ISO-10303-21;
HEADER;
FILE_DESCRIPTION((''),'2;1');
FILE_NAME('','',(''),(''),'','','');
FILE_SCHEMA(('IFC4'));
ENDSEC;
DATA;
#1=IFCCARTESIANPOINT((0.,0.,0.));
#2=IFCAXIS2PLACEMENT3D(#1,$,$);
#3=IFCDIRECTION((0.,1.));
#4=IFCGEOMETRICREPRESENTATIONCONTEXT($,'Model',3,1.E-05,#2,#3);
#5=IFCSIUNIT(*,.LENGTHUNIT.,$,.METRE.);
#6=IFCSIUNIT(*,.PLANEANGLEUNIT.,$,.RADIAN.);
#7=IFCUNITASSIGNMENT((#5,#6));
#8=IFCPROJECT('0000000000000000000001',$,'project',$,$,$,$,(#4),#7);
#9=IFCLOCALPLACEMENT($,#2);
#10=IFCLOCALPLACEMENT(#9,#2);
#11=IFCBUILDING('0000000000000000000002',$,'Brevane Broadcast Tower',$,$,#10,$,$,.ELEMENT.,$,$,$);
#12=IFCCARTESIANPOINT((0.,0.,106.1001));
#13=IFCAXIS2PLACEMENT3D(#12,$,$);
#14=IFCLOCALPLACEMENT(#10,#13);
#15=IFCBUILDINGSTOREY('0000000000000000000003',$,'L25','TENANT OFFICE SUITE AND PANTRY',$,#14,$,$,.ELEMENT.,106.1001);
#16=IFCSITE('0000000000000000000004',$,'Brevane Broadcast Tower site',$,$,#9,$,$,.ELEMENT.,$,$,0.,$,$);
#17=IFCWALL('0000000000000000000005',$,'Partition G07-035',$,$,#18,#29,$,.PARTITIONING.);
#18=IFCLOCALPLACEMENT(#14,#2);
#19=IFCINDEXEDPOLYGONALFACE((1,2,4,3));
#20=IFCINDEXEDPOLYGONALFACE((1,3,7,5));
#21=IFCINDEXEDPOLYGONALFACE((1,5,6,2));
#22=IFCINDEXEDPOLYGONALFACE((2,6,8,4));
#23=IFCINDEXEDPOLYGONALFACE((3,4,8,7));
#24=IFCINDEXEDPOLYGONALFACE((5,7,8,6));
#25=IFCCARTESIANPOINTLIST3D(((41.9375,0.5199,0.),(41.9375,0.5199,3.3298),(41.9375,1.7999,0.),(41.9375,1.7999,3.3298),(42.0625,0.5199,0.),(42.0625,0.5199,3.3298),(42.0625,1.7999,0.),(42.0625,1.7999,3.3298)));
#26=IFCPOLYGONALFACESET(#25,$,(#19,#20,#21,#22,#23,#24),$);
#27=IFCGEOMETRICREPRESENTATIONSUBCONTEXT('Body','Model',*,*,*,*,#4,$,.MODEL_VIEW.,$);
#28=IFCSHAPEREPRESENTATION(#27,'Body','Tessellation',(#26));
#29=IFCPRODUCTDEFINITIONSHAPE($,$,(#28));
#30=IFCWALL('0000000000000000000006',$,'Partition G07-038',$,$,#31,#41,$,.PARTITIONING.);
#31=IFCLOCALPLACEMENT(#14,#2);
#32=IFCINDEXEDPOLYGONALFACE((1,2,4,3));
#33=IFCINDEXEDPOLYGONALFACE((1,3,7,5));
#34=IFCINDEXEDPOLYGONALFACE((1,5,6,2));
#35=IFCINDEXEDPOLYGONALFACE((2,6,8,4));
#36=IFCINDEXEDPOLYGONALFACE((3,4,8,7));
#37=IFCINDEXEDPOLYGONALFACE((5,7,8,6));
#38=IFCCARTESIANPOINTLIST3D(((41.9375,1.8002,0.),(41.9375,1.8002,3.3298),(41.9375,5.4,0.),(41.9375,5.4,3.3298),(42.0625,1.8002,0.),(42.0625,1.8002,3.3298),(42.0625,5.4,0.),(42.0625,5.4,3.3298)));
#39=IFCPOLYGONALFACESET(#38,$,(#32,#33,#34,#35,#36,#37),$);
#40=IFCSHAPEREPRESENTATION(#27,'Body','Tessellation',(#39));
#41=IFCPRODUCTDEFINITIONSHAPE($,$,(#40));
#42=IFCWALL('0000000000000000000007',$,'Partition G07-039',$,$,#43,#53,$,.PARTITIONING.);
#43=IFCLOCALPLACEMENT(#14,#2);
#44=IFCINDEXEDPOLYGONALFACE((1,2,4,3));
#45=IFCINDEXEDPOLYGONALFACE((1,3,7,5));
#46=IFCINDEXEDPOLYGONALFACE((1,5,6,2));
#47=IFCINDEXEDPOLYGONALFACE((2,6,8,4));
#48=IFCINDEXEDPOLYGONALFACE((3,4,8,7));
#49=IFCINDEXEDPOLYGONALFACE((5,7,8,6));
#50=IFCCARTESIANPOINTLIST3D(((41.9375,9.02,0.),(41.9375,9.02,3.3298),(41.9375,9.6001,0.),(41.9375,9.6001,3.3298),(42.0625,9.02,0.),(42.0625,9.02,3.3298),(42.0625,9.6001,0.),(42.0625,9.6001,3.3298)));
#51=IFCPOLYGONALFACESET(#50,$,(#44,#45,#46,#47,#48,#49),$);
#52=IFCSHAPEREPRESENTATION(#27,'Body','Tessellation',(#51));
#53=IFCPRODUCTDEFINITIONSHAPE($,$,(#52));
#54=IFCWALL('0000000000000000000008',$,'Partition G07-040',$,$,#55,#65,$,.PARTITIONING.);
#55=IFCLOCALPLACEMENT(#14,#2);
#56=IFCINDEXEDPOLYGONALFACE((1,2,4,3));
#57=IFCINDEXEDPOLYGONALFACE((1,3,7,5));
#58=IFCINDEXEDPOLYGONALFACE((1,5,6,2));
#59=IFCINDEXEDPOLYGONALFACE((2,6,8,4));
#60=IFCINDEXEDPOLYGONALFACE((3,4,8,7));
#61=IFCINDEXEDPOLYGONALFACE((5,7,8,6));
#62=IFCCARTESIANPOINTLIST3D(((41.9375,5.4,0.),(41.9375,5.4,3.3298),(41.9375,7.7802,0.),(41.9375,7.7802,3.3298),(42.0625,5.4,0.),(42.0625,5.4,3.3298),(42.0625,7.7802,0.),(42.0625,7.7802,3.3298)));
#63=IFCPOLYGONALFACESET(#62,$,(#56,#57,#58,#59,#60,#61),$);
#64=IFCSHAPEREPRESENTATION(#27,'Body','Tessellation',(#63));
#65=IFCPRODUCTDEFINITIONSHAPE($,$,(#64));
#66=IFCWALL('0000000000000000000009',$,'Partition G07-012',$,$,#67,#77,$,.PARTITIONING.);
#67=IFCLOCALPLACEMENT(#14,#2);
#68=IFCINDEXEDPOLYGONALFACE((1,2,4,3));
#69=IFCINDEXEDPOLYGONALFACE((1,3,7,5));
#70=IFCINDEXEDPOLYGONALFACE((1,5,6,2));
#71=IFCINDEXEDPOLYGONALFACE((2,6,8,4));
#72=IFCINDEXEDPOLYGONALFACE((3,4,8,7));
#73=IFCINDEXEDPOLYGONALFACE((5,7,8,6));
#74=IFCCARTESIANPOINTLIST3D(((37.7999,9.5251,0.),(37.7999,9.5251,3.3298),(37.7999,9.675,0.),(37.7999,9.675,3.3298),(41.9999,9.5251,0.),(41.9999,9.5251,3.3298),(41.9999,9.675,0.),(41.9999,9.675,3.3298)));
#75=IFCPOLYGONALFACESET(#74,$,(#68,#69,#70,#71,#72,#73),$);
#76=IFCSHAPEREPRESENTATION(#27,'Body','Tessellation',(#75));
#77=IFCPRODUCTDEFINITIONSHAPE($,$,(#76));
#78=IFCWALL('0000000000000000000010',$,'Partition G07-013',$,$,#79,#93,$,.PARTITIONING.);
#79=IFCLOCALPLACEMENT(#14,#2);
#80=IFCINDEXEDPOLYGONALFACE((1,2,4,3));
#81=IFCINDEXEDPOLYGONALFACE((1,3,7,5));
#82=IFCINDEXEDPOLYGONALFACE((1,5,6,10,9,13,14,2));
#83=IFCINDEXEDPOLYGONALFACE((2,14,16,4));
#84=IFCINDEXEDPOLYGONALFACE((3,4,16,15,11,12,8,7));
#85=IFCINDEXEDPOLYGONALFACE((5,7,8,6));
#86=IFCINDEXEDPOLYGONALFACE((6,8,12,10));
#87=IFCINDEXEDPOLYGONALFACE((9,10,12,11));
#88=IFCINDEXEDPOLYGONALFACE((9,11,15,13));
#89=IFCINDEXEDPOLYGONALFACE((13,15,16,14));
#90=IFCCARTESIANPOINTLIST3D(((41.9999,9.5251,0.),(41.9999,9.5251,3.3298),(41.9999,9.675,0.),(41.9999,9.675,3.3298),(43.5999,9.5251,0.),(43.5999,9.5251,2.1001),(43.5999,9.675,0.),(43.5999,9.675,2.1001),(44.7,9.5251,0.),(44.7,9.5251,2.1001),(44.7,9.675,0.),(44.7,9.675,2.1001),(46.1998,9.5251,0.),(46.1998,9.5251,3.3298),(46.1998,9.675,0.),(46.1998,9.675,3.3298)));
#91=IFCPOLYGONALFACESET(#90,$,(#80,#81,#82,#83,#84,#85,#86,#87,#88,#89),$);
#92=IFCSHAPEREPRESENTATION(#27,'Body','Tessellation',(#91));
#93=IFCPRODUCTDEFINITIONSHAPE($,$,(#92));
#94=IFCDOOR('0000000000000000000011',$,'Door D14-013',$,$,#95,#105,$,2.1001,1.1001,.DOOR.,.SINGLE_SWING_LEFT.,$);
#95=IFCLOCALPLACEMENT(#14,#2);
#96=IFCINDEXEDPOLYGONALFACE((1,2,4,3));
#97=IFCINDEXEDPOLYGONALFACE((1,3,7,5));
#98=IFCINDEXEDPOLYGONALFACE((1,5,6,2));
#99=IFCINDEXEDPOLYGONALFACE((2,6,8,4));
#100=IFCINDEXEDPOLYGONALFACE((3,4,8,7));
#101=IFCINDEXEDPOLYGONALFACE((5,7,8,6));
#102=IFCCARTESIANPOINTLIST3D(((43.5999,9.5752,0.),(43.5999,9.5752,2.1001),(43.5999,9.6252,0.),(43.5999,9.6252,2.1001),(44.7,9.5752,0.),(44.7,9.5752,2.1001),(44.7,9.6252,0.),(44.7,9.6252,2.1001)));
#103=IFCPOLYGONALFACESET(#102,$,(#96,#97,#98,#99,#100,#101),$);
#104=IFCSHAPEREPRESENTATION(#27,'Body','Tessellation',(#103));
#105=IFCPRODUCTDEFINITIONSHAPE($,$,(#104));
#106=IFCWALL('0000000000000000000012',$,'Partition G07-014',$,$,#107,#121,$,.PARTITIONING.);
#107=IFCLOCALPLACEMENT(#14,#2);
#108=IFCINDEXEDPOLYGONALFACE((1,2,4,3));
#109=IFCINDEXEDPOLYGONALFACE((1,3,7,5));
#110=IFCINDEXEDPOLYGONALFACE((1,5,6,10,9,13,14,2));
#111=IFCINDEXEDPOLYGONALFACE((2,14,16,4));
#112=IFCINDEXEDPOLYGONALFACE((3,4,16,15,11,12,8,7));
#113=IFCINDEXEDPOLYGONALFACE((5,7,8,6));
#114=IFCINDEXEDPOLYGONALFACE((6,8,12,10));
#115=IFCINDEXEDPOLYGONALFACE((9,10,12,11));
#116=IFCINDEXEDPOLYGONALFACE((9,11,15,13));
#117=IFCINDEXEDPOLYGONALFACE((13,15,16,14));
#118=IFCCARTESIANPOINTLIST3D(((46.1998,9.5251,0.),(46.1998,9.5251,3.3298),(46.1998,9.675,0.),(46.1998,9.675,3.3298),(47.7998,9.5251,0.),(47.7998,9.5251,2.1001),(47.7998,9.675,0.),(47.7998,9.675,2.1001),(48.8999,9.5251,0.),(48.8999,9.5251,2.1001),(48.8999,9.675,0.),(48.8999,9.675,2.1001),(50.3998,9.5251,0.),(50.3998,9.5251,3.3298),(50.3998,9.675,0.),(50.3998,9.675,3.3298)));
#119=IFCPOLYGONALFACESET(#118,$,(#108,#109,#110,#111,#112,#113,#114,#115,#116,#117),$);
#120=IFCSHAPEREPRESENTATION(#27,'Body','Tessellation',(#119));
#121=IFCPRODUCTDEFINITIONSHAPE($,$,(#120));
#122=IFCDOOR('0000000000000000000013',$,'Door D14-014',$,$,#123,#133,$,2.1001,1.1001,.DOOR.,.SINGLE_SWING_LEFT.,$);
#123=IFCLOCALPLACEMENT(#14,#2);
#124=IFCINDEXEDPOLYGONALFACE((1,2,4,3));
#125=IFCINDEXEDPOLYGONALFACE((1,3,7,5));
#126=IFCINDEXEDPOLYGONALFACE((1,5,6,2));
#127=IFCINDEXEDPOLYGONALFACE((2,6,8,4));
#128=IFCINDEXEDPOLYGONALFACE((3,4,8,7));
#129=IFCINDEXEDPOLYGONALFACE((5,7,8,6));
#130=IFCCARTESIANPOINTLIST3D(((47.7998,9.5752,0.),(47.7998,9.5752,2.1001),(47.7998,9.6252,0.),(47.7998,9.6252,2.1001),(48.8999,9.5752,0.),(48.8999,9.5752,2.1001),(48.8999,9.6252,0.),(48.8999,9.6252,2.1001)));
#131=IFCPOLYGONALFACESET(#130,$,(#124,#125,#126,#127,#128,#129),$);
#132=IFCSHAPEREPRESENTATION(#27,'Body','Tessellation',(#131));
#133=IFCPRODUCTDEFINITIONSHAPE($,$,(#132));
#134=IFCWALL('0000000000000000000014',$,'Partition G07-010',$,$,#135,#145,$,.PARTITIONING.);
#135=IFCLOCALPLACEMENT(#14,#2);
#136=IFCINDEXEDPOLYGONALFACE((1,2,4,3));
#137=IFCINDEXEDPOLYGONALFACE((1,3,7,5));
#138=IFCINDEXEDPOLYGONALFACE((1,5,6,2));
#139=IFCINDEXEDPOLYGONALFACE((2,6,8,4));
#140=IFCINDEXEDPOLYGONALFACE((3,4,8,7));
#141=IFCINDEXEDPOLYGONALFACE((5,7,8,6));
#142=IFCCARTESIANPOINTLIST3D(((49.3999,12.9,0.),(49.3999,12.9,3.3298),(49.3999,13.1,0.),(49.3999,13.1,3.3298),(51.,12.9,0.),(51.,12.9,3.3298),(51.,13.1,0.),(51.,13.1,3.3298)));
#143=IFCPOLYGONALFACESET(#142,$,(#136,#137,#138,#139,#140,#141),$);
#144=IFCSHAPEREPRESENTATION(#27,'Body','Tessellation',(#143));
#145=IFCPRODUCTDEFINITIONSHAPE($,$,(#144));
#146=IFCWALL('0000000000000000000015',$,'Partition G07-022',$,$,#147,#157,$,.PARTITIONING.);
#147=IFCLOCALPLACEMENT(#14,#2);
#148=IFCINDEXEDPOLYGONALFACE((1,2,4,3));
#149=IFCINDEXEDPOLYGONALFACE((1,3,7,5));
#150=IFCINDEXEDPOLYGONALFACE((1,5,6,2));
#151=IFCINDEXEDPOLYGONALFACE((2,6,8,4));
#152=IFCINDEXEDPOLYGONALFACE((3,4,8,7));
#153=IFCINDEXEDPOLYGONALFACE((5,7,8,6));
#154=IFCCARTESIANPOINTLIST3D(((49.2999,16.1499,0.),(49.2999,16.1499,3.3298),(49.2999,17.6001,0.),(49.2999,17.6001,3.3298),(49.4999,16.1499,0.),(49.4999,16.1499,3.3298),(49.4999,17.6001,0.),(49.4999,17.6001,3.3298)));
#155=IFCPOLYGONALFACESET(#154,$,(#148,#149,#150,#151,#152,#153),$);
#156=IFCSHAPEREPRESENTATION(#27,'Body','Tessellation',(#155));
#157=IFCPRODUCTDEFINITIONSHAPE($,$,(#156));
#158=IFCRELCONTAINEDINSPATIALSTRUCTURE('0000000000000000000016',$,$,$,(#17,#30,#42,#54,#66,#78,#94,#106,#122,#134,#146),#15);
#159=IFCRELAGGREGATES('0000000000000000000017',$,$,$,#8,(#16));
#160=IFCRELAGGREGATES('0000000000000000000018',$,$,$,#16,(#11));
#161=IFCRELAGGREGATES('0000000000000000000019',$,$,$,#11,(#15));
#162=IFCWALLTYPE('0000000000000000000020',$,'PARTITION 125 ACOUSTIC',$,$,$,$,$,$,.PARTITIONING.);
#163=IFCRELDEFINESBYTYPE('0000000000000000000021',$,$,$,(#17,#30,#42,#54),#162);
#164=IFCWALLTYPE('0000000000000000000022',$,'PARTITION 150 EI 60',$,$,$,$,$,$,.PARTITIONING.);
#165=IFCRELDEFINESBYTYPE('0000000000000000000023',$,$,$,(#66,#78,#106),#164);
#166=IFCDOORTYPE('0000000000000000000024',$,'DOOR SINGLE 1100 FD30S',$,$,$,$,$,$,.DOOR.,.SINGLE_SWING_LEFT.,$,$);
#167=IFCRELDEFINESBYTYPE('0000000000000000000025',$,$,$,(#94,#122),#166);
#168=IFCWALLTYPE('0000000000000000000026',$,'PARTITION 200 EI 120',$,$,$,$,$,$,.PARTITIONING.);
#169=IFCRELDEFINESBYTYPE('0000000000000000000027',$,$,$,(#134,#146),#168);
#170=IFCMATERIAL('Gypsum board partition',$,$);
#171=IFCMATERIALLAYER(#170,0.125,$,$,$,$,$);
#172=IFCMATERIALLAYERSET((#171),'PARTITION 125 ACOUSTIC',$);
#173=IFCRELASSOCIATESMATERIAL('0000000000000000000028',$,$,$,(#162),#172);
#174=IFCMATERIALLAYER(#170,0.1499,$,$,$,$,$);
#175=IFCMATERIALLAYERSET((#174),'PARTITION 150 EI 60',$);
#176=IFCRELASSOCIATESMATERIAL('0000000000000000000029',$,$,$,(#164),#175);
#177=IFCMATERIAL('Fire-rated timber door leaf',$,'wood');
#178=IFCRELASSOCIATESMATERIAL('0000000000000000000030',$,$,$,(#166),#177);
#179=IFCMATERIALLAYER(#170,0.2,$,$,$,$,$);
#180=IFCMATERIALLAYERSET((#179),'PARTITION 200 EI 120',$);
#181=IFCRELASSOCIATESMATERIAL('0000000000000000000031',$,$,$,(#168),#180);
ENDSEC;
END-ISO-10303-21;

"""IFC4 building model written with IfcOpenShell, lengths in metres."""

from ifc_helpers import new_model, si_unit, direction, frame, frame_2d, origin, place, context, subcontext, project, spatial, rectangle, extrude, material, layer, layer_set, type_object, element, fill, save


model = new_model("IFC4")

# Units and contexts
model_context = context("Model", 3, precision=1e-05, world=origin(), true_north=direction((0.0, 1.0)))
body_context = subcontext(model_context, "Body", "Model", "MODEL_VIEW")
ifc_project = project(units=[si_unit("LENGTHUNIT", "METRE"), si_unit("PLANEANGLEUNIT", "RADIAN")], contexts=[model_context])

# Site, building, storey
site_placement = place(None, origin())
site = spatial("IfcSite", under=ifc_project, at=site_placement, Name="Brevane Broadcast Tower site", CompositionType="ELEMENT", RefElevation=0.0)
building_placement = place(site_placement, origin())
building = spatial("IfcBuilding", under=site, at=building_placement, Name="Brevane Broadcast Tower", CompositionType="ELEMENT")
storey_placement = place(building_placement, frame((0.0, 0.0, 106.1001)))
storey = spatial("IfcBuildingStorey", under=building, at=storey_placement, Name="L25", Description="TENANT OFFICE SUITE AND PANTRY", CompositionType="ELEMENT", Elevation=106.1001)

# Walls
ifc_material_1 = material(Name="Gypsum board partition")
ifc_layer_1 = layer(ifc_material_1, 0.125)
ifc_layer_set_1 = layer_set([ifc_layer_1], Name="PARTITION 125 ACOUSTIC")
wall_type_1 = type_object("IfcWallType", Name="PARTITION 125 ACOUSTIC", PredefinedType="PARTITIONING", material=ifc_layer_set_1)
wall_1_placement = place(storey_placement, frame((42.0, 1.8, 0.0), z_axis=(0.0, 0.0, 1.0), x_axis=(0.0, -1.0, 0.0)))
element("IfcWall", 1, at=wall_1_placement, inside=storey, type_object=wall_type_1, Name="Partition G07-035", PredefinedType="PARTITIONING", context=body_context, shape_type="SweptSolid", body=[
    extrude(rectangle(XDim=1.28, YDim=0.125, at=frame_2d((0.6401, 0.0))), origin(), (0.0, 0.0, 1.0), 3.3298),
])
wall_2_placement = place(storey_placement, frame((42.0, 5.3999, 0.0), z_axis=(0.0, 0.0, 1.0), x_axis=(0.0, -1.0, 0.0)))
element("IfcWall", 2, at=wall_2_placement, inside=storey, type_object=wall_type_1, Name="Partition G07-038", PredefinedType="PARTITIONING", context=body_context, shape_type="SweptSolid", body=[
    extrude(rectangle(XDim=3.5999, YDim=0.125, at=frame_2d((1.7998, 0.0))), origin(), (0.0, 0.0, 1.0), 3.3298),
])
wall_3_placement = place(storey_placement, frame((42.0, 9.6001, 0.0), z_axis=(0.0, 0.0, 1.0), x_axis=(0.0, -1.0, 0.0)))
element("IfcWall", 3, at=wall_3_placement, inside=storey, type_object=wall_type_1, Name="Partition G07-039", PredefinedType="PARTITIONING", context=body_context, shape_type="SweptSolid", body=[
    extrude(rectangle(XDim=0.5801, YDim=0.125, at=frame_2d((0.29, 0.0))), origin(), (0.0, 0.0, 1.0), 3.3298),
])
wall_4_placement = place(storey_placement, frame((42.0, 7.78, 0.0), z_axis=(0.0, 0.0, 1.0), x_axis=(0.0, -1.0, 0.0)))
element("IfcWall", 4, at=wall_4_placement, inside=storey, type_object=wall_type_1, Name="Partition G07-040", PredefinedType="PARTITIONING", context=body_context, shape_type="SweptSolid", body=[
    extrude(rectangle(XDim=2.3801, YDim=0.125, at=frame_2d((1.1899, 0.0))), origin(), (0.0, 0.0, 1.0), 3.3298),
])
ifc_layer_2 = layer(ifc_material_1, 0.1499)
ifc_layer_set_2 = layer_set([ifc_layer_2], Name="PARTITION 150 EI 60")
wall_type_2 = type_object("IfcWallType", Name="PARTITION 150 EI 60", PredefinedType="PARTITIONING", material=ifc_layer_set_2)
wall_5_placement = place(storey_placement, frame((42.0, 9.6001, 0.0), z_axis=(0.0, 0.0, 1.0), x_axis=(-1.0, 0.0, 0.0)))
element("IfcWall", 5, at=wall_5_placement, inside=storey, type_object=wall_type_2, Name="Partition G07-012", PredefinedType="PARTITIONING", context=body_context, shape_type="SweptSolid", body=[
    extrude(rectangle(XDim=4.2, YDim=0.1499, at=frame_2d((2.1001, 0.0))), origin(), (0.0, 0.0, 1.0), 3.3298),
])

# Walls, openings, doors
wall_6_placement = place(storey_placement, frame((46.2, 9.6001, 0.0), z_axis=(0.0, 0.0, 1.0), x_axis=(-1.0, 0.0, 0.0)))
wall_6 = element("IfcWall", 6, at=wall_6_placement, inside=storey, type_object=wall_type_2, Name="Partition G07-013", PredefinedType="PARTITIONING", context=body_context, shape_type="SweptSolid", body=[
    extrude(rectangle(XDim=4.2, YDim=0.1499, at=frame_2d((2.1001, 0.0))), origin(), (0.0, 0.0, 1.0), 3.3298),
])
opening_1_placement = place(wall_6_placement, frame((1.5, 0.0, 0.0)))
opening_1 = element("IfcOpeningElement", 7, at=opening_1_placement, cuts=wall_6, PredefinedType="OPENING", context=body_context, shape_type="SweptSolid", body=[
    extrude(rectangle(XDim=1.1001, YDim=2.1001, at=frame_2d((0.55, 1.05))), frame((0.0, 0.085, 0.0), z_axis=(0.0, -1.0, 0.0), x_axis=(1.0, 0.0, 0.0)), (0.0, 0.0, 1.0), 0.1699),
])
ifc_material_2 = material(Name="Fire-rated timber door leaf", Category="wood")
door_type_1 = type_object("IfcDoorType", Name="DOOR SINGLE 1100 FD30S", OperationType="SINGLE_SWING_LEFT", PredefinedType="DOOR", material=ifc_material_2)
door_1_placement = place(opening_1_placement, origin())
door_1 = element("IfcDoor", 8, at=door_1_placement, inside=storey, type_object=door_type_1, Name="Door D14-013", OperationType="SINGLE_SWING_LEFT", OverallHeight=2.1001, OverallWidth=1.1001, PredefinedType="DOOR", context=body_context, shape_type="SweptSolid", body=[
    extrude(rectangle(XDim=1.1001, YDim=2.1001, at=frame_2d((0.55, 1.05))), frame((0.0, 0.0249, 0.0), z_axis=(0.0, -1.0, 0.0), x_axis=(1.0, 0.0, 0.0)), (0.0, 0.0, 1.0), 0.05),
])
fill(opening_1, door_1)
wall_7_placement = place(storey_placement, frame((50.3999, 9.6001, 0.0), z_axis=(0.0, 0.0, 1.0), x_axis=(-1.0, 0.0, 0.0)))
wall_7 = element("IfcWall", 9, at=wall_7_placement, inside=storey, type_object=wall_type_2, Name="Partition G07-014", PredefinedType="PARTITIONING", context=body_context, shape_type="SweptSolid", body=[
    extrude(rectangle(XDim=4.2, YDim=0.1499, at=frame_2d((2.1001, 0.0))), origin(), (0.0, 0.0, 1.0), 3.3298),
])
opening_2_placement = place(wall_7_placement, frame((1.5, 0.0, 0.0)))
opening_2 = element("IfcOpeningElement", 10, at=opening_2_placement, cuts=wall_7, PredefinedType="OPENING", context=body_context, shape_type="SweptSolid", body=[
    extrude(rectangle(XDim=1.1001, YDim=2.1001, at=frame_2d((0.55, 1.05))), frame((0.0, 0.085, 0.0), z_axis=(0.0, -1.0, 0.0), x_axis=(1.0, 0.0, 0.0)), (0.0, 0.0, 1.0), 0.1699),
])
door_2_placement = place(opening_2_placement, origin())
door_2 = element("IfcDoor", 11, at=door_2_placement, inside=storey, type_object=door_type_1, Name="Door D14-014", OperationType="SINGLE_SWING_LEFT", OverallHeight=2.1001, OverallWidth=1.1001, PredefinedType="DOOR", context=body_context, shape_type="SweptSolid", body=[
    extrude(rectangle(XDim=1.1001, YDim=2.1001, at=frame_2d((0.55, 1.05))), frame((0.0, 0.0249, 0.0), z_axis=(0.0, -1.0, 0.0), x_axis=(1.0, 0.0, 0.0)), (0.0, 0.0, 1.0), 0.05),
])
fill(opening_2, door_2)

# Walls
ifc_layer_3 = layer(ifc_material_1, 0.2)
ifc_layer_set_3 = layer_set([ifc_layer_3], Name="PARTITION 200 EI 120")
wall_type_3 = type_object("IfcWallType", Name="PARTITION 200 EI 120", PredefinedType="PARTITIONING", material=ifc_layer_set_3)
wall_8_placement = place(storey_placement, frame((49.3999, 13.0, 0.0), z_axis=(0.0, 0.0, 1.0), x_axis=(1.0, 0.0, 0.0)))
element("IfcWall", 12, at=wall_8_placement, inside=storey, type_object=wall_type_3, Name="Partition G07-010", PredefinedType="PARTITIONING", context=body_context, shape_type="SweptSolid", body=[
    extrude(rectangle(XDim=1.6001, YDim=0.2, at=frame_2d((0.8, 0.0))), origin(), (0.0, 0.0, 1.0), 3.3298),
])
wall_9_placement = place(storey_placement, frame((49.3999, 17.6001, 0.0), z_axis=(0.0, 0.0, 1.0), x_axis=(0.0, -1.0, 0.0)))
element("IfcWall", 13, at=wall_9_placement, inside=storey, type_object=wall_type_3, Name="Partition G07-022", PredefinedType="PARTITIONING", context=body_context, shape_type="SweptSolid", body=[
    extrude(rectangle(XDim=1.4502, YDim=0.2, at=frame_2d((0.7251, 0.0))), origin(), (0.0, 0.0, 1.0), 3.3298),
])

save(model, "model.ifc")
